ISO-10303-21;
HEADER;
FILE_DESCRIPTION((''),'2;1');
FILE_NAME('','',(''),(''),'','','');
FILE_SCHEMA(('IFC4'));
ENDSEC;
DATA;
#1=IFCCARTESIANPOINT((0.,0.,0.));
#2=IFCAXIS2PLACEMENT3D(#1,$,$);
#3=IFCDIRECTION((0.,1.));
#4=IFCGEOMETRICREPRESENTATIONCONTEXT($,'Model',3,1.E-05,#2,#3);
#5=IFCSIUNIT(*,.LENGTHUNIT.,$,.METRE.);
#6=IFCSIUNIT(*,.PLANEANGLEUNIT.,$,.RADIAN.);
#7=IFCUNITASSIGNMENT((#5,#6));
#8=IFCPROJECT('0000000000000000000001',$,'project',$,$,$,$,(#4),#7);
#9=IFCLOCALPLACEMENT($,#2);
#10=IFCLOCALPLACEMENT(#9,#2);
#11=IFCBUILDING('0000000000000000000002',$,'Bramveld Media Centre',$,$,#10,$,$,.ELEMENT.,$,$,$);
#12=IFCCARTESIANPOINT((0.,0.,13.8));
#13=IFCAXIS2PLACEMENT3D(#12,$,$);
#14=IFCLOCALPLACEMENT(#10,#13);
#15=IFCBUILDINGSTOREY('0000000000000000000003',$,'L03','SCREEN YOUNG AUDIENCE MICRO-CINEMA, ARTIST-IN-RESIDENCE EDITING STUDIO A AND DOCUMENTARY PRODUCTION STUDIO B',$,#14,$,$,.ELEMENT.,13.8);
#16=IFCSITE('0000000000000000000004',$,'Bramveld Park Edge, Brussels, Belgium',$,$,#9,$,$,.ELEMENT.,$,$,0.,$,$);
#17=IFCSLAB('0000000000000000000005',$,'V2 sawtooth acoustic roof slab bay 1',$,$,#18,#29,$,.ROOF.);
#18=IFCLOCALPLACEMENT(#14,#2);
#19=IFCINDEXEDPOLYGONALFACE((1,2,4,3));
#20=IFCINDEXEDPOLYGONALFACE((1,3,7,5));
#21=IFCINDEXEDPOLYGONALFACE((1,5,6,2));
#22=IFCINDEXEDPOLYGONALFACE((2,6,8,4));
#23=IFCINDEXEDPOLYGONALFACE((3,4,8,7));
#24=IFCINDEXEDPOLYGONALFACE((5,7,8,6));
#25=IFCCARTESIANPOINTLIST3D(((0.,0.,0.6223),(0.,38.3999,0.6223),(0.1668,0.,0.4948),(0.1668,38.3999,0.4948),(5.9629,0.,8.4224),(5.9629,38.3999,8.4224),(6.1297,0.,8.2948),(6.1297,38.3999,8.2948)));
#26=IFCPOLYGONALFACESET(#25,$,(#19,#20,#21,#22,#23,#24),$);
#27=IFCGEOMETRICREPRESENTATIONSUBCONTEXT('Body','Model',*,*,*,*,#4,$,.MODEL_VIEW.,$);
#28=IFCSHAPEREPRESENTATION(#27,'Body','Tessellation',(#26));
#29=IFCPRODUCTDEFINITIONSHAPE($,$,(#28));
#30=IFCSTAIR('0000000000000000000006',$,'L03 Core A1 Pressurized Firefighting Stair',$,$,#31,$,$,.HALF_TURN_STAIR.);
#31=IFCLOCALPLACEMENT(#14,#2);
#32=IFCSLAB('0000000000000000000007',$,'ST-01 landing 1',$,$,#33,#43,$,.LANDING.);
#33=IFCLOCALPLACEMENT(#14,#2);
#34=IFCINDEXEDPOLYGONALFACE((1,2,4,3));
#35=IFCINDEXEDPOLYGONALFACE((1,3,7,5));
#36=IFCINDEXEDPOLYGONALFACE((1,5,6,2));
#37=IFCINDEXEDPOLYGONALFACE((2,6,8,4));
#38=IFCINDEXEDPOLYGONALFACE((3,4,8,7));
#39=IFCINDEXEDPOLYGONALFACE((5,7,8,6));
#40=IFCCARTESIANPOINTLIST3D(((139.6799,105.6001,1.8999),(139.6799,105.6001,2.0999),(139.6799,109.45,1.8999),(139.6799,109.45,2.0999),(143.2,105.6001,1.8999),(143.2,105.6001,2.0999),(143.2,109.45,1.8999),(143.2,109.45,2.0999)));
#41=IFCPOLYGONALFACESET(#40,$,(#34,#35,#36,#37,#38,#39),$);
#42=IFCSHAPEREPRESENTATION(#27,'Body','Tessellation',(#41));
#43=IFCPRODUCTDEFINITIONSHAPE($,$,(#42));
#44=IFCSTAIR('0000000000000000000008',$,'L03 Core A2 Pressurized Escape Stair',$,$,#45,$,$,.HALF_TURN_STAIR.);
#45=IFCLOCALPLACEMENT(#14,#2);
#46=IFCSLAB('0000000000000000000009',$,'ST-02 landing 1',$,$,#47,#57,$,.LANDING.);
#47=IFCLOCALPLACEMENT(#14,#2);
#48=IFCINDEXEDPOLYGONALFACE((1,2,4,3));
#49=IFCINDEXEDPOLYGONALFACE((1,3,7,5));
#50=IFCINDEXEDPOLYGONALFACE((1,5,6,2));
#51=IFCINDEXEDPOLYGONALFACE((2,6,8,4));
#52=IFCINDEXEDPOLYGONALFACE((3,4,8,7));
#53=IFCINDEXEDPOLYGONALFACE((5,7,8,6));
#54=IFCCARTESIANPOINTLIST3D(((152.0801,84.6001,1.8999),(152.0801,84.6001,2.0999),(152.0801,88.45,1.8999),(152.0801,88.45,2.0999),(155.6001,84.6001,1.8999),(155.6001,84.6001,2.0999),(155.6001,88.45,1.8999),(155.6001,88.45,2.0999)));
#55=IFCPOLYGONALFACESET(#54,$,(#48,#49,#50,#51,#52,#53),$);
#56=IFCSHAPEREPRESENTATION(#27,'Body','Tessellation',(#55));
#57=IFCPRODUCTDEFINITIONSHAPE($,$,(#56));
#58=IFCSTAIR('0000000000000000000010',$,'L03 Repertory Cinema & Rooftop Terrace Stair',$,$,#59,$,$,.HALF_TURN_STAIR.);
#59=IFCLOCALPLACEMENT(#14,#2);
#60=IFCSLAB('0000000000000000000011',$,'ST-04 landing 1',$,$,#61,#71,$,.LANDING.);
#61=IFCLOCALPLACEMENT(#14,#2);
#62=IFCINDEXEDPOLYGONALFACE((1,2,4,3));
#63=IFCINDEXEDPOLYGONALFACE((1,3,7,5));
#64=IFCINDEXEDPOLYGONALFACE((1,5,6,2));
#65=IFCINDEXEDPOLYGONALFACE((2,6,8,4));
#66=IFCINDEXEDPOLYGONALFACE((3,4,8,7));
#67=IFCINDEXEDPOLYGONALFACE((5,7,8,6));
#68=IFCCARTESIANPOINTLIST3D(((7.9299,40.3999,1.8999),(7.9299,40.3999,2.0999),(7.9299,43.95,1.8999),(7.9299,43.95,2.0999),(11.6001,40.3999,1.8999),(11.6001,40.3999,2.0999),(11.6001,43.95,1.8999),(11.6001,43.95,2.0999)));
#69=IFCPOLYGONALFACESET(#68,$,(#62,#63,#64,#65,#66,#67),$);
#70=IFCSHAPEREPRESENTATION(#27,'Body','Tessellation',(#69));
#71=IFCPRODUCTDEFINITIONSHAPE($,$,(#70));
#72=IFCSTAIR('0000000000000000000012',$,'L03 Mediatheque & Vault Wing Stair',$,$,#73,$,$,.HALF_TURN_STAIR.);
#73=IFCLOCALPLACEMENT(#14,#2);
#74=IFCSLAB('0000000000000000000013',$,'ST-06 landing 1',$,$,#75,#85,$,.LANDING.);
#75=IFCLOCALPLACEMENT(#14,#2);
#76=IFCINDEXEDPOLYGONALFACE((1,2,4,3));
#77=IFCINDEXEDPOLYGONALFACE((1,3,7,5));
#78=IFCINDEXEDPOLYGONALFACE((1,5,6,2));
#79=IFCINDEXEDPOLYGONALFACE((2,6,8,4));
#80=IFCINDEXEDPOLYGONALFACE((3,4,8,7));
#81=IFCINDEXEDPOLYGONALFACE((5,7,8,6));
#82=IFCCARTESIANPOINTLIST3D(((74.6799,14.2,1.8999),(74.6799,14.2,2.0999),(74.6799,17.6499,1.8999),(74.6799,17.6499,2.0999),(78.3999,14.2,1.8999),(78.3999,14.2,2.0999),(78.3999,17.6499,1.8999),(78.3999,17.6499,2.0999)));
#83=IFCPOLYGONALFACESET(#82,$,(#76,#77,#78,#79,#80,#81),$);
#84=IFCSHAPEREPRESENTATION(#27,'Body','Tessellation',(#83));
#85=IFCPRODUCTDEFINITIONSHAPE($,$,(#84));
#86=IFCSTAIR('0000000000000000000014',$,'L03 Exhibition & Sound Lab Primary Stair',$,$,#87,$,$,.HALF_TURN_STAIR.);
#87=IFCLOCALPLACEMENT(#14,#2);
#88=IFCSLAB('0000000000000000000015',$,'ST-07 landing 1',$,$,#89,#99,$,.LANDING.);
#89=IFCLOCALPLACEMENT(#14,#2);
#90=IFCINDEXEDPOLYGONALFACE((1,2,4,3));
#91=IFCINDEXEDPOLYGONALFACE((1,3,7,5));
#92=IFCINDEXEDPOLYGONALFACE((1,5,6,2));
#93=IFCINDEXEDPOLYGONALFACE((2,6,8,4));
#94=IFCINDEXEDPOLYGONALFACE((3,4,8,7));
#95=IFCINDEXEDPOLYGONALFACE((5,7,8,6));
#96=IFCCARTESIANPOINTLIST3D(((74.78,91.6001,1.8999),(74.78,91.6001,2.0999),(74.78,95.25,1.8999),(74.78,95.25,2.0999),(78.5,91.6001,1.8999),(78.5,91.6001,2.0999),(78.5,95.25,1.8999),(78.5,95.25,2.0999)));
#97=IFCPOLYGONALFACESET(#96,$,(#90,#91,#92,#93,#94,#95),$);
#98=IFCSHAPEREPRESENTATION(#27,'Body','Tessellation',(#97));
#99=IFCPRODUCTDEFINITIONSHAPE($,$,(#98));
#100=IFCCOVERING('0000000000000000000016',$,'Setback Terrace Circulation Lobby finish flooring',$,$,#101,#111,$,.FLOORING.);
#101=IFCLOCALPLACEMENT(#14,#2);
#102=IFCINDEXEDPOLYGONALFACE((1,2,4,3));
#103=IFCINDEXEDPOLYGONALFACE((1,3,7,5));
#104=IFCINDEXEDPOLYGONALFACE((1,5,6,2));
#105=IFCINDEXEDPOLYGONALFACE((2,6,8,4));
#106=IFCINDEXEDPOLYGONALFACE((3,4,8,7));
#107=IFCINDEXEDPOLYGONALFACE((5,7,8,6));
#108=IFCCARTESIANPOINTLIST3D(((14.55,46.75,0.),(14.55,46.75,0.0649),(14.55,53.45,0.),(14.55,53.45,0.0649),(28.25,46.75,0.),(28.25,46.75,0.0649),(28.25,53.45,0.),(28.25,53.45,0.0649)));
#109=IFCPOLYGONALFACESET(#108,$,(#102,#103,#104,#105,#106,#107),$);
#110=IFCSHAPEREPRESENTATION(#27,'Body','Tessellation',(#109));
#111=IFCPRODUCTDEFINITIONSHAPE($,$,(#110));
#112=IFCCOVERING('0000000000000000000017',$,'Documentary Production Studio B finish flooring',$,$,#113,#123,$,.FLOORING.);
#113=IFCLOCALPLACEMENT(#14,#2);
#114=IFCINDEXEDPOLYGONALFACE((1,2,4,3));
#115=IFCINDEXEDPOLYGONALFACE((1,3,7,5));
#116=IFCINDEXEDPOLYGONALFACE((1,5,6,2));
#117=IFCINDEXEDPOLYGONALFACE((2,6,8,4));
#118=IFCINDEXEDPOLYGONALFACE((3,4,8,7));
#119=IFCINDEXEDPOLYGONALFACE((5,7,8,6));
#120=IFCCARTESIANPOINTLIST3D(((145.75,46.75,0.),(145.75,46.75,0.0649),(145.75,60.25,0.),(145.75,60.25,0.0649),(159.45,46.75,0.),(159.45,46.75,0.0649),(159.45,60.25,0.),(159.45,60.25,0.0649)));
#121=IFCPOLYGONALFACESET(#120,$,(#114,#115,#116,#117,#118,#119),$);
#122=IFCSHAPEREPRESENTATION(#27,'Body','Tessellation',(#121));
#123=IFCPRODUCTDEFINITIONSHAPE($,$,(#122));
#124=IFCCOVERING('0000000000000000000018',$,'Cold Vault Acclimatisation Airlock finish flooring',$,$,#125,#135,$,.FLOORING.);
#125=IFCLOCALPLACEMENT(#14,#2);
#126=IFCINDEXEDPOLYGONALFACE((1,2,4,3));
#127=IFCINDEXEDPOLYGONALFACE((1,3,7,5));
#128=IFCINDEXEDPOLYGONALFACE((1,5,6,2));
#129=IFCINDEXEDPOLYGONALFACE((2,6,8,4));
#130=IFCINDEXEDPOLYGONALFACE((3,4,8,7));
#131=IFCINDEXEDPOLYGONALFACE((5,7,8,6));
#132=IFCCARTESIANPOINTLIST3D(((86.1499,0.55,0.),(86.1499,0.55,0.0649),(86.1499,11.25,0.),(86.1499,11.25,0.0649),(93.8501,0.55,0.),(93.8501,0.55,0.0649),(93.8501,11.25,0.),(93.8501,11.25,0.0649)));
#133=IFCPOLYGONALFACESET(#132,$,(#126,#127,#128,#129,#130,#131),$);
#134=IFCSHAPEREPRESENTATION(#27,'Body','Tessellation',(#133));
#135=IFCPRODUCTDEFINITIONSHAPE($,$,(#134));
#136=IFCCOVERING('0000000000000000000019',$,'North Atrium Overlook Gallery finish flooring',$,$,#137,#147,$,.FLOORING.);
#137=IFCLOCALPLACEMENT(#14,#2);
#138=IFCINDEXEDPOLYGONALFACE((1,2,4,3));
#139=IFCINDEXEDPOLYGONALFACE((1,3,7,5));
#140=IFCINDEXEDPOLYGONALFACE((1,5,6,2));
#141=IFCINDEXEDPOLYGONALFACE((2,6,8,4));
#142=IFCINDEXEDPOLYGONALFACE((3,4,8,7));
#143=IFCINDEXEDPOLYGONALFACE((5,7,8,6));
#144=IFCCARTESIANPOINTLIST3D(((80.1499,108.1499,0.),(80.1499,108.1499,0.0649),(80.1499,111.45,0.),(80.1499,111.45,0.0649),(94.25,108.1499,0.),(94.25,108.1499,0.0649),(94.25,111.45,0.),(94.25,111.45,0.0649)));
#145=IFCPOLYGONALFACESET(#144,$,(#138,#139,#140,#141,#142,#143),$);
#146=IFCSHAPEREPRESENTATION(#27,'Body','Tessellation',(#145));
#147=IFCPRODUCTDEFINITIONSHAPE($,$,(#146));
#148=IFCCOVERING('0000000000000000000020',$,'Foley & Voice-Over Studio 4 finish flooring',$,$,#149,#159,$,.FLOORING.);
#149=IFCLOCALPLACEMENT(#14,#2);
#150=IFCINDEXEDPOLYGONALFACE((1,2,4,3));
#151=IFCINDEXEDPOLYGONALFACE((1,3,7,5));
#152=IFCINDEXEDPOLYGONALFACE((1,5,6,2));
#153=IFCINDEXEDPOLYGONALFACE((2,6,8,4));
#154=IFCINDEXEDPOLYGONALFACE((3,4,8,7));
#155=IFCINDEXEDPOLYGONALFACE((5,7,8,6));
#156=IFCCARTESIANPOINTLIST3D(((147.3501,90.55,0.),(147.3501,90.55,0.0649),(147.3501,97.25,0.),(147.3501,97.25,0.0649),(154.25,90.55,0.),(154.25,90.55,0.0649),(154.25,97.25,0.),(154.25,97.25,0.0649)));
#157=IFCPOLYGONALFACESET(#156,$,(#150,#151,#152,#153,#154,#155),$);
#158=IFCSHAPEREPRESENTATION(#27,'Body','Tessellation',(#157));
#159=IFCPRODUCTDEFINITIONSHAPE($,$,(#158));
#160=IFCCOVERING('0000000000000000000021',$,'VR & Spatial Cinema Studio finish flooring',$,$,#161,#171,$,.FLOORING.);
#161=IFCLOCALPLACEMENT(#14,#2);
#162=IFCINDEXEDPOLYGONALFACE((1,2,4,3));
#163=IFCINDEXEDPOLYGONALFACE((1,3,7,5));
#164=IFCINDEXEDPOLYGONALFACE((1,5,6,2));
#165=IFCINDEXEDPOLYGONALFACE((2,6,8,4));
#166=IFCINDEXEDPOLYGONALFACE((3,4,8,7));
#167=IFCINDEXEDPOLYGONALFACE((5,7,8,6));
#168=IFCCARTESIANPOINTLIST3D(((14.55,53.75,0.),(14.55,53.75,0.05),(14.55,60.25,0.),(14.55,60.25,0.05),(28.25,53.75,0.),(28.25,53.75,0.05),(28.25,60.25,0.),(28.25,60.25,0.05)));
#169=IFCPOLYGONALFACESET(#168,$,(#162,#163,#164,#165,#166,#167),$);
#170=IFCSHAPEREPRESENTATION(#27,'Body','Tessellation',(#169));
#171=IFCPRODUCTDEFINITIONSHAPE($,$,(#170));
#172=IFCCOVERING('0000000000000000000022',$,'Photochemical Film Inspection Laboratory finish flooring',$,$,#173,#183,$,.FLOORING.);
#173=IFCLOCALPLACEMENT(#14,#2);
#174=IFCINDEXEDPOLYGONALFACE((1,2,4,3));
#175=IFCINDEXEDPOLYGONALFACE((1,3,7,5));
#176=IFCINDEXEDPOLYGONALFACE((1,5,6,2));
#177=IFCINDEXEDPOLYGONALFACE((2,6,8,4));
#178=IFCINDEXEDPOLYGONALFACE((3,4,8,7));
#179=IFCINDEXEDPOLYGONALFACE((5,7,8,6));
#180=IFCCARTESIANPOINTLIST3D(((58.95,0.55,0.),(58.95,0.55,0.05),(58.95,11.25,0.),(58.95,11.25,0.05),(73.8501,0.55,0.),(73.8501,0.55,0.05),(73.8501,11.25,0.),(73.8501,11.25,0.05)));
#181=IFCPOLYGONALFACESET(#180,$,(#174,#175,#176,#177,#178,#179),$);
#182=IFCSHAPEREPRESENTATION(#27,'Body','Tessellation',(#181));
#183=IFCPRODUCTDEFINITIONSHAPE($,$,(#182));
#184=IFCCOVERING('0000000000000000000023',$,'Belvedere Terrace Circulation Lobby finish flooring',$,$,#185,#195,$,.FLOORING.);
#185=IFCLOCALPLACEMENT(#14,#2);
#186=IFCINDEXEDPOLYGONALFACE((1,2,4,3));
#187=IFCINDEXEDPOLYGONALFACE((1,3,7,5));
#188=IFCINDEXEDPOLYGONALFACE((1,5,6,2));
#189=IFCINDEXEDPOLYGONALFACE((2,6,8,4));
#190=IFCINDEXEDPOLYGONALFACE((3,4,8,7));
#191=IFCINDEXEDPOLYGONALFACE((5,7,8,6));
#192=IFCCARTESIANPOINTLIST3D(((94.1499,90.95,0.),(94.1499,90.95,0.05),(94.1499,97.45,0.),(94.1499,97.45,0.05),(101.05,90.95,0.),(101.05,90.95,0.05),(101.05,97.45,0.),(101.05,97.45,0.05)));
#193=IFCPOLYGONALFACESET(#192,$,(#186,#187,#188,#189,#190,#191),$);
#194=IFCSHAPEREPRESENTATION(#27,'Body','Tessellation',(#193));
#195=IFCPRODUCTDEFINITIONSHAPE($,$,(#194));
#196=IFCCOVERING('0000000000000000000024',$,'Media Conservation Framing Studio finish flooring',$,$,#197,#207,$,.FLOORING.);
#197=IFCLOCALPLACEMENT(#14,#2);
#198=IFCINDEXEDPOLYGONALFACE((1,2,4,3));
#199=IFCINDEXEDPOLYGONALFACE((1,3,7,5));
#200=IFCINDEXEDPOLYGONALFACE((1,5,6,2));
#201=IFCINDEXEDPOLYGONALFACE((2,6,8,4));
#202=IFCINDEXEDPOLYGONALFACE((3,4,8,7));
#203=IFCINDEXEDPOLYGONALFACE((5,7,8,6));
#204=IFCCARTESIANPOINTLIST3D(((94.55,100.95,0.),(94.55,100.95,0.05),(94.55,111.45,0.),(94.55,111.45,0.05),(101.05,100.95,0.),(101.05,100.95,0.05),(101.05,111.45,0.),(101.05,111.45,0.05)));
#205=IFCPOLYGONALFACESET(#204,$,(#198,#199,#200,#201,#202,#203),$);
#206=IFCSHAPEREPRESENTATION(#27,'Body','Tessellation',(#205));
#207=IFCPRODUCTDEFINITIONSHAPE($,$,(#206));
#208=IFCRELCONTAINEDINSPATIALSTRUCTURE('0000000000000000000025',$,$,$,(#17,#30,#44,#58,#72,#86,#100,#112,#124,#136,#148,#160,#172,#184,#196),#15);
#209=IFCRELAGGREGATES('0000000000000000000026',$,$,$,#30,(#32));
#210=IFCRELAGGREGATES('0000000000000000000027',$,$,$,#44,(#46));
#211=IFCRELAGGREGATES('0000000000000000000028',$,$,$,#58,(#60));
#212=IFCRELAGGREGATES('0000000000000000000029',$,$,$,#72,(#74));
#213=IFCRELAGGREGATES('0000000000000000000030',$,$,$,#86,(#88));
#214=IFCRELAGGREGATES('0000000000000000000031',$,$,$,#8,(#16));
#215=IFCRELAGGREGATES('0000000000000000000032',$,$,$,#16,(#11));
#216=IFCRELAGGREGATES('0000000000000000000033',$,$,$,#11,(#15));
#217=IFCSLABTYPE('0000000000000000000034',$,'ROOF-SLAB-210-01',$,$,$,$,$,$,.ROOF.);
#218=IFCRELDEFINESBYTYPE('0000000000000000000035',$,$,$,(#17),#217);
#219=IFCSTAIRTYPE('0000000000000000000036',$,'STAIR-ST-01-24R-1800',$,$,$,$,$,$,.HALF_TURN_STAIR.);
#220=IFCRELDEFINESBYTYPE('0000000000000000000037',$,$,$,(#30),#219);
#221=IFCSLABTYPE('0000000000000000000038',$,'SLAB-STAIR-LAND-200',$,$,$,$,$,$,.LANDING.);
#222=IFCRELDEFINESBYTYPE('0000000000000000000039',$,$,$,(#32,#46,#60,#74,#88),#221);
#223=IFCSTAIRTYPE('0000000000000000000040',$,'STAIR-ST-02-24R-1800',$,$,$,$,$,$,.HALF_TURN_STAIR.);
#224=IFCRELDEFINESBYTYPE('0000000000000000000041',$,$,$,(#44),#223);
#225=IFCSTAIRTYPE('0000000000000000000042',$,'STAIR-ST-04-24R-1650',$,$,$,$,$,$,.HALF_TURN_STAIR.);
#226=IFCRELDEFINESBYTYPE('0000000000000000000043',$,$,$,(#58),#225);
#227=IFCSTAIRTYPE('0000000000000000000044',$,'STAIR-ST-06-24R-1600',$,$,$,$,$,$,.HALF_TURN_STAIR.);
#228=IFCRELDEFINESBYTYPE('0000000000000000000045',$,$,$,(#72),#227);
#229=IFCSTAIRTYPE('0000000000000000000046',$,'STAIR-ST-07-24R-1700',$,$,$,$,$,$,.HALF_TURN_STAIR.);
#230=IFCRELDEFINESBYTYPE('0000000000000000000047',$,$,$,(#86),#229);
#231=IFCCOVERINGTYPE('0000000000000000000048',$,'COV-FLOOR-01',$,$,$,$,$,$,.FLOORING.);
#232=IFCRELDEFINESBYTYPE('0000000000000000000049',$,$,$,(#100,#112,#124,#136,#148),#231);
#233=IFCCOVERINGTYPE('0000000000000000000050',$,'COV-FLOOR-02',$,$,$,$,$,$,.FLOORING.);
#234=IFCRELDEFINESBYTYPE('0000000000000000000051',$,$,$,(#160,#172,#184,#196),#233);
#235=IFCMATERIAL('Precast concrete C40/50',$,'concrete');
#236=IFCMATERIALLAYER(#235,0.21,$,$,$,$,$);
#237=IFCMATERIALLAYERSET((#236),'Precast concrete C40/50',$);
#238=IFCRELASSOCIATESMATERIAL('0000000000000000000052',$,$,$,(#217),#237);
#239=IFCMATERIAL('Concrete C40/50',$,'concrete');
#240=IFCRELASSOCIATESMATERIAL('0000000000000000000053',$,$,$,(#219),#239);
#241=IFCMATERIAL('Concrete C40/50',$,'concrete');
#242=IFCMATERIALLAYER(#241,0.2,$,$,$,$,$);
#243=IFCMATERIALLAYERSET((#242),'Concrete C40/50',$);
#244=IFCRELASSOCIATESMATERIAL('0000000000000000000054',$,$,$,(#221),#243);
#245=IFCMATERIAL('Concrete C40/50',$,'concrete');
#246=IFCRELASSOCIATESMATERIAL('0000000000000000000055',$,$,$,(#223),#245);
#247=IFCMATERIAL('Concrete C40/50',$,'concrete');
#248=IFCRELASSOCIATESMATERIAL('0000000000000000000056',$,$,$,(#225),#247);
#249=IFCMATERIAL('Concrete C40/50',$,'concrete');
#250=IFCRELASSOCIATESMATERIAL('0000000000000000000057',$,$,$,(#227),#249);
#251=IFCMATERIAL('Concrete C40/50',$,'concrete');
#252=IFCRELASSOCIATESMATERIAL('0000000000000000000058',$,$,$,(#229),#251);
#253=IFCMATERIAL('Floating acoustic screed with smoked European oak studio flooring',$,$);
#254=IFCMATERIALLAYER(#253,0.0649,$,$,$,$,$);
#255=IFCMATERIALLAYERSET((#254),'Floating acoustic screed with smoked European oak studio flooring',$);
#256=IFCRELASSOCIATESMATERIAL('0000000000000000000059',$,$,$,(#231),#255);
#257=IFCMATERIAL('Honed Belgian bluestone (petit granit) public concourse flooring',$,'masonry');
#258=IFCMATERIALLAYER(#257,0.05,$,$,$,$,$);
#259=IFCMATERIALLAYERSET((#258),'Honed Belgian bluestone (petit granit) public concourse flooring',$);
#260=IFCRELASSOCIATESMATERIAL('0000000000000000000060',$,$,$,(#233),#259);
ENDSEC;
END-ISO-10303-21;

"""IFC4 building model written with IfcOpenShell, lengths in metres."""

from ifc_helpers import new_model, si_unit, direction, frame, origin, place, context, subcontext, project, spatial, polyline, outline, extrude, material, layer, layer_set, type_object, element, aggregate, save


model = new_model("IFC4")

# Units and contexts
model_context = context("Model", 3, precision=1e-05, world=origin(), true_north=direction((0.0, 1.0)))
body_context = subcontext(model_context, "Body", "Model", "MODEL_VIEW")
ifc_project = project(units=[si_unit("LENGTHUNIT", "METRE"), si_unit("PLANEANGLEUNIT", "RADIAN")], contexts=[model_context])

# Site, building, storey
site_placement = place(None, origin())
site = spatial("IfcSite", under=ifc_project, at=site_placement, Name="Bramveld Park Edge, Brussels, Belgium", CompositionType="ELEMENT", RefElevation=0.0)
building_placement = place(site_placement, origin())
building = spatial("IfcBuilding", under=site, at=building_placement, Name="Bramveld Media Centre", CompositionType="ELEMENT")
storey_placement = place(building_placement, frame((0.0, 0.0, 13.8)))
storey = spatial("IfcBuildingStorey", under=building, at=storey_placement, Name="L03", Description="SCREEN YOUNG AUDIENCE MICRO-CINEMA, ARTIST-IN-RESIDENCE EDITING STUDIO A AND DOCUMENTARY PRODUCTION STUDIO B", CompositionType="ELEMENT", Elevation=13.8)

# Slab
ifc_material_1 = material(Name="Precast concrete C40/50", Category="concrete")
ifc_layer_1 = layer(ifc_material_1, 0.21)
ifc_layer_set_1 = layer_set([ifc_layer_1], Name="Precast concrete C40/50")
slab_type_1 = type_object("IfcSlabType", Name="ROOF-SLAB-210-01", PredefinedType="ROOF", material=ifc_layer_set_1)
slab_1_placement = place(storey_placement, frame((0.0, 0.0, 0.6223), z_axis=(-0.794449, 0.0, 0.607331), x_axis=(0.607331, 0.0, 0.794449)))
element("IfcSlab", 1, at=slab_1_placement, inside=storey, type_object=slab_type_1, Name="V2 sawtooth acoustic roof slab bay 1", PredefinedType="ROOF", context=body_context, shape_type="SweptSolid", body=[
    extrude(outline(polyline([(0.0, 0.0), (9.8182, 0.0), (9.8182, 38.3999), (0.0, 38.3999), (0.0, 0.0)])), origin(), (0.0, 0.0, -1.0), 0.21),
])

# Stairs, slabs
ifc_material_2 = material(Name="Concrete C40/50", Category="concrete")
stair_type_1 = type_object("IfcStairType", Name="STAIR-ST-01-24R-1800", PredefinedType="HALF_TURN_STAIR", material=ifc_material_2)
stair_1_placement = place(storey_placement, origin())
stair_1 = element("IfcStair", 2, at=stair_1_placement, inside=storey, type_object=stair_type_1, Name="L03 Core A1 Pressurized Firefighting Stair", PredefinedType="HALF_TURN_STAIR")
ifc_material_3 = material(Name="Concrete C40/50", Category="concrete")
ifc_layer_2 = layer(ifc_material_3, 0.2)
ifc_layer_set_2 = layer_set([ifc_layer_2], Name="Concrete C40/50")
slab_type_2 = type_object("IfcSlabType", Name="SLAB-STAIR-LAND-200", PredefinedType="LANDING", material=ifc_layer_set_2)
slab_2_placement = place(storey_placement, frame((0.0, 0.0, 1.8999)))
slab_2 = element("IfcSlab", 3, at=slab_2_placement, type_object=slab_type_2, Name="ST-01 landing 1", PredefinedType="LANDING", context=body_context, shape_type="SweptSolid", body=[
    extrude(outline(polyline([(139.6799, 105.6001), (143.2, 105.6001), (143.2, 109.45), (139.6799, 109.45), (139.6799, 105.6001)])), origin(), (0.0, 0.0, 1.0), 0.2),
])
aggregate(stair_1, [slab_2])
ifc_material_4 = material(Name="Concrete C40/50", Category="concrete")
stair_type_2 = type_object("IfcStairType", Name="STAIR-ST-02-24R-1800", PredefinedType="HALF_TURN_STAIR", material=ifc_material_4)
stair_2_placement = place(storey_placement, origin())
stair_2 = element("IfcStair", 4, at=stair_2_placement, inside=storey, type_object=stair_type_2, Name="L03 Core A2 Pressurized Escape Stair", PredefinedType="HALF_TURN_STAIR")
slab_3_placement = place(storey_placement, frame((0.0, 0.0, 1.8999)))
slab_3 = element("IfcSlab", 5, at=slab_3_placement, type_object=slab_type_2, Name="ST-02 landing 1", PredefinedType="LANDING", context=body_context, shape_type="SweptSolid", body=[
    extrude(outline(polyline([(152.0801, 84.6001), (155.6001, 84.6001), (155.6001, 88.45), (152.0801, 88.45), (152.0801, 84.6001)])), origin(), (0.0, 0.0, 1.0), 0.2),
])
aggregate(stair_2, [slab_3])
ifc_material_5 = material(Name="Concrete C40/50", Category="concrete")
stair_type_3 = type_object("IfcStairType", Name="STAIR-ST-04-24R-1650", PredefinedType="HALF_TURN_STAIR", material=ifc_material_5)
stair_3_placement = place(storey_placement, origin())
stair_3 = element("IfcStair", 6, at=stair_3_placement, inside=storey, type_object=stair_type_3, Name="L03 Repertory Cinema & Rooftop Terrace Stair", PredefinedType="HALF_TURN_STAIR")
slab_4_placement = place(storey_placement, frame((0.0, 0.0, 1.8999)))
slab_4 = element("IfcSlab", 7, at=slab_4_placement, type_object=slab_type_2, Name="ST-04 landing 1", PredefinedType="LANDING", context=body_context, shape_type="SweptSolid", body=[
    extrude(outline(polyline([(7.9299, 40.3999), (11.6001, 40.3999), (11.6001, 43.95), (7.9299, 43.95), (7.9299, 40.3999)])), origin(), (0.0, 0.0, 1.0), 0.2),
])
aggregate(stair_3, [slab_4])
ifc_material_6 = material(Name="Concrete C40/50", Category="concrete")
stair_type_4 = type_object("IfcStairType", Name="STAIR-ST-06-24R-1600", PredefinedType="HALF_TURN_STAIR", material=ifc_material_6)
stair_4_placement = place(storey_placement, origin())
stair_4 = element("IfcStair", 8, at=stair_4_placement, inside=storey, type_object=stair_type_4, Name="L03 Mediatheque & Vault Wing Stair", PredefinedType="HALF_TURN_STAIR")
slab_5_placement = place(storey_placement, frame((0.0, 0.0, 1.8999)))
slab_5 = element("IfcSlab", 9, at=slab_5_placement, type_object=slab_type_2, Name="ST-06 landing 1", PredefinedType="LANDING", context=body_context, shape_type="SweptSolid", body=[
    extrude(outline(polyline([(74.6799, 14.2), (78.3999, 14.2), (78.3999, 17.6499), (74.6799, 17.6499), (74.6799, 14.2)])), origin(), (0.0, 0.0, 1.0), 0.2),
])
aggregate(stair_4, [slab_5])
ifc_material_7 = material(Name="Concrete C40/50", Category="concrete")
stair_type_5 = type_object("IfcStairType", Name="STAIR-ST-07-24R-1700", PredefinedType="HALF_TURN_STAIR", material=ifc_material_7)
stair_5_placement = place(storey_placement, origin())
stair_5 = element("IfcStair", 10, at=stair_5_placement, inside=storey, type_object=stair_type_5, Name="L03 Exhibition & Sound Lab Primary Stair", PredefinedType="HALF_TURN_STAIR")
slab_6_placement = place(storey_placement, frame((0.0, 0.0, 1.8999)))
slab_6 = element("IfcSlab", 11, at=slab_6_placement, type_object=slab_type_2, Name="ST-07 landing 1", PredefinedType="LANDING", context=body_context, shape_type="SweptSolid", body=[
    extrude(outline(polyline([(74.78, 91.6001), (78.5, 91.6001), (78.5, 95.25), (74.78, 95.25), (74.78, 91.6001)])), origin(), (0.0, 0.0, 1.0), 0.2),
])
aggregate(stair_5, [slab_6])

# Coverings
ifc_material_8 = material(Name="Floating acoustic screed with smoked European oak studio flooring")
ifc_layer_3 = layer(ifc_material_8, 0.0649)
ifc_layer_set_3 = layer_set([ifc_layer_3], Name="Floating acoustic screed with smoked European oak studio flooring")
covering_type_1 = type_object("IfcCoveringType", Name="COV-FLOOR-01", PredefinedType="FLOORING", material=ifc_layer_set_3)
covering_1_placement = place(storey_placement, origin())
element("IfcCovering", 12, at=covering_1_placement, inside=storey, type_object=covering_type_1, Name="Setback Terrace Circulation Lobby finish flooring", PredefinedType="FLOORING", context=body_context, shape_type="SweptSolid", body=[
    extrude(outline(polyline([(14.55, 46.75), (28.25, 46.75), (28.25, 53.45), (14.55, 53.45), (14.55, 46.75)])), origin(), (0.0, 0.0, 1.0), 0.0649),
])
covering_2_placement = place(storey_placement, origin())
element("IfcCovering", 13, at=covering_2_placement, inside=storey, type_object=covering_type_1, Name="Documentary Production Studio B finish flooring", PredefinedType="FLOORING", context=body_context, shape_type="SweptSolid", body=[
    extrude(outline(polyline([(145.75, 46.75), (159.45, 46.75), (159.45, 60.25), (145.75, 60.25), (145.75, 46.75)])), origin(), (0.0, 0.0, 1.0), 0.0649),
])
covering_3_placement = place(storey_placement, origin())
element("IfcCovering", 14, at=covering_3_placement, inside=storey, type_object=covering_type_1, Name="Cold Vault Acclimatisation Airlock finish flooring", PredefinedType="FLOORING", context=body_context, shape_type="SweptSolid", body=[
    extrude(outline(polyline([(86.1499, 0.55), (93.8501, 0.55), (93.8501, 11.25), (86.1499, 11.25), (86.1499, 0.55)])), origin(), (0.0, 0.0, 1.0), 0.0649),
])
covering_4_placement = place(storey_placement, origin())
element("IfcCovering", 15, at=covering_4_placement, inside=storey, type_object=covering_type_1, Name="North Atrium Overlook Gallery finish flooring", PredefinedType="FLOORING", context=body_context, shape_type="SweptSolid", body=[
    extrude(outline(polyline([(80.1499, 108.1499), (94.25, 108.1499), (94.25, 111.45), (80.1499, 111.45), (80.1499, 108.1499)])), origin(), (0.0, 0.0, 1.0), 0.0649),
])
covering_5_placement = place(storey_placement, origin())
element("IfcCovering", 16, at=covering_5_placement, inside=storey, type_object=covering_type_1, Name="Foley & Voice-Over Studio 4 finish flooring", PredefinedType="FLOORING", context=body_context, shape_type="SweptSolid", body=[
    extrude(outline(polyline([(147.3501, 90.55), (154.25, 90.55), (154.25, 97.25), (147.3501, 97.25), (147.3501, 90.55)])), origin(), (0.0, 0.0, 1.0), 0.0649),
])
ifc_material_9 = material(Name="Honed Belgian bluestone (petit granit) public concourse flooring", Category="masonry")
ifc_layer_4 = layer(ifc_material_9, 0.05)
ifc_layer_set_4 = layer_set([ifc_layer_4], Name="Honed Belgian bluestone (petit granit) public concourse flooring")
covering_type_2 = type_object("IfcCoveringType", Name="COV-FLOOR-02", PredefinedType="FLOORING", material=ifc_layer_set_4)
covering_6_placement = place(storey_placement, origin())
element("IfcCovering", 17, at=covering_6_placement, inside=storey, type_object=covering_type_2, Name="VR & Spatial Cinema Studio finish flooring", PredefinedType="FLOORING", context=body_context, shape_type="SweptSolid", body=[
    extrude(outline(polyline([(14.55, 53.75), (28.25, 53.75), (28.25, 60.25), (14.55, 60.25), (14.55, 53.75)])), origin(), (0.0, 0.0, 1.0), 0.05),
])
covering_7_placement = place(storey_placement, origin())
element("IfcCovering", 18, at=covering_7_placement, inside=storey, type_object=covering_type_2, Name="Photochemical Film Inspection Laboratory finish flooring", PredefinedType="FLOORING", context=body_context, shape_type="SweptSolid", body=[
    extrude(outline(polyline([(58.95, 0.55), (73.8501, 0.55), (73.8501, 11.25), (58.95, 11.25), (58.95, 0.55)])), origin(), (0.0, 0.0, 1.0), 0.05),
])
covering_8_placement = place(storey_placement, origin())
element("IfcCovering", 19, at=covering_8_placement, inside=storey, type_object=covering_type_2, Name="Belvedere Terrace Circulation Lobby finish flooring", PredefinedType="FLOORING", context=body_context, shape_type="SweptSolid", body=[
    extrude(outline(polyline([(94.1499, 90.95), (101.05, 90.95), (101.05, 97.45), (94.1499, 97.45), (94.1499, 90.95)])), origin(), (0.0, 0.0, 1.0), 0.05),
])
covering_9_placement = place(storey_placement, origin())
element("IfcCovering", 20, at=covering_9_placement, inside=storey, type_object=covering_type_2, Name="Media Conservation Framing Studio finish flooring", PredefinedType="FLOORING", context=body_context, shape_type="SweptSolid", body=[
    extrude(outline(polyline([(94.55, 100.95), (101.05, 100.95), (101.05, 111.45), (94.55, 111.45), (94.55, 100.95)])), origin(), (0.0, 0.0, 1.0), 0.05),
])

save(model, "model.ifc")
